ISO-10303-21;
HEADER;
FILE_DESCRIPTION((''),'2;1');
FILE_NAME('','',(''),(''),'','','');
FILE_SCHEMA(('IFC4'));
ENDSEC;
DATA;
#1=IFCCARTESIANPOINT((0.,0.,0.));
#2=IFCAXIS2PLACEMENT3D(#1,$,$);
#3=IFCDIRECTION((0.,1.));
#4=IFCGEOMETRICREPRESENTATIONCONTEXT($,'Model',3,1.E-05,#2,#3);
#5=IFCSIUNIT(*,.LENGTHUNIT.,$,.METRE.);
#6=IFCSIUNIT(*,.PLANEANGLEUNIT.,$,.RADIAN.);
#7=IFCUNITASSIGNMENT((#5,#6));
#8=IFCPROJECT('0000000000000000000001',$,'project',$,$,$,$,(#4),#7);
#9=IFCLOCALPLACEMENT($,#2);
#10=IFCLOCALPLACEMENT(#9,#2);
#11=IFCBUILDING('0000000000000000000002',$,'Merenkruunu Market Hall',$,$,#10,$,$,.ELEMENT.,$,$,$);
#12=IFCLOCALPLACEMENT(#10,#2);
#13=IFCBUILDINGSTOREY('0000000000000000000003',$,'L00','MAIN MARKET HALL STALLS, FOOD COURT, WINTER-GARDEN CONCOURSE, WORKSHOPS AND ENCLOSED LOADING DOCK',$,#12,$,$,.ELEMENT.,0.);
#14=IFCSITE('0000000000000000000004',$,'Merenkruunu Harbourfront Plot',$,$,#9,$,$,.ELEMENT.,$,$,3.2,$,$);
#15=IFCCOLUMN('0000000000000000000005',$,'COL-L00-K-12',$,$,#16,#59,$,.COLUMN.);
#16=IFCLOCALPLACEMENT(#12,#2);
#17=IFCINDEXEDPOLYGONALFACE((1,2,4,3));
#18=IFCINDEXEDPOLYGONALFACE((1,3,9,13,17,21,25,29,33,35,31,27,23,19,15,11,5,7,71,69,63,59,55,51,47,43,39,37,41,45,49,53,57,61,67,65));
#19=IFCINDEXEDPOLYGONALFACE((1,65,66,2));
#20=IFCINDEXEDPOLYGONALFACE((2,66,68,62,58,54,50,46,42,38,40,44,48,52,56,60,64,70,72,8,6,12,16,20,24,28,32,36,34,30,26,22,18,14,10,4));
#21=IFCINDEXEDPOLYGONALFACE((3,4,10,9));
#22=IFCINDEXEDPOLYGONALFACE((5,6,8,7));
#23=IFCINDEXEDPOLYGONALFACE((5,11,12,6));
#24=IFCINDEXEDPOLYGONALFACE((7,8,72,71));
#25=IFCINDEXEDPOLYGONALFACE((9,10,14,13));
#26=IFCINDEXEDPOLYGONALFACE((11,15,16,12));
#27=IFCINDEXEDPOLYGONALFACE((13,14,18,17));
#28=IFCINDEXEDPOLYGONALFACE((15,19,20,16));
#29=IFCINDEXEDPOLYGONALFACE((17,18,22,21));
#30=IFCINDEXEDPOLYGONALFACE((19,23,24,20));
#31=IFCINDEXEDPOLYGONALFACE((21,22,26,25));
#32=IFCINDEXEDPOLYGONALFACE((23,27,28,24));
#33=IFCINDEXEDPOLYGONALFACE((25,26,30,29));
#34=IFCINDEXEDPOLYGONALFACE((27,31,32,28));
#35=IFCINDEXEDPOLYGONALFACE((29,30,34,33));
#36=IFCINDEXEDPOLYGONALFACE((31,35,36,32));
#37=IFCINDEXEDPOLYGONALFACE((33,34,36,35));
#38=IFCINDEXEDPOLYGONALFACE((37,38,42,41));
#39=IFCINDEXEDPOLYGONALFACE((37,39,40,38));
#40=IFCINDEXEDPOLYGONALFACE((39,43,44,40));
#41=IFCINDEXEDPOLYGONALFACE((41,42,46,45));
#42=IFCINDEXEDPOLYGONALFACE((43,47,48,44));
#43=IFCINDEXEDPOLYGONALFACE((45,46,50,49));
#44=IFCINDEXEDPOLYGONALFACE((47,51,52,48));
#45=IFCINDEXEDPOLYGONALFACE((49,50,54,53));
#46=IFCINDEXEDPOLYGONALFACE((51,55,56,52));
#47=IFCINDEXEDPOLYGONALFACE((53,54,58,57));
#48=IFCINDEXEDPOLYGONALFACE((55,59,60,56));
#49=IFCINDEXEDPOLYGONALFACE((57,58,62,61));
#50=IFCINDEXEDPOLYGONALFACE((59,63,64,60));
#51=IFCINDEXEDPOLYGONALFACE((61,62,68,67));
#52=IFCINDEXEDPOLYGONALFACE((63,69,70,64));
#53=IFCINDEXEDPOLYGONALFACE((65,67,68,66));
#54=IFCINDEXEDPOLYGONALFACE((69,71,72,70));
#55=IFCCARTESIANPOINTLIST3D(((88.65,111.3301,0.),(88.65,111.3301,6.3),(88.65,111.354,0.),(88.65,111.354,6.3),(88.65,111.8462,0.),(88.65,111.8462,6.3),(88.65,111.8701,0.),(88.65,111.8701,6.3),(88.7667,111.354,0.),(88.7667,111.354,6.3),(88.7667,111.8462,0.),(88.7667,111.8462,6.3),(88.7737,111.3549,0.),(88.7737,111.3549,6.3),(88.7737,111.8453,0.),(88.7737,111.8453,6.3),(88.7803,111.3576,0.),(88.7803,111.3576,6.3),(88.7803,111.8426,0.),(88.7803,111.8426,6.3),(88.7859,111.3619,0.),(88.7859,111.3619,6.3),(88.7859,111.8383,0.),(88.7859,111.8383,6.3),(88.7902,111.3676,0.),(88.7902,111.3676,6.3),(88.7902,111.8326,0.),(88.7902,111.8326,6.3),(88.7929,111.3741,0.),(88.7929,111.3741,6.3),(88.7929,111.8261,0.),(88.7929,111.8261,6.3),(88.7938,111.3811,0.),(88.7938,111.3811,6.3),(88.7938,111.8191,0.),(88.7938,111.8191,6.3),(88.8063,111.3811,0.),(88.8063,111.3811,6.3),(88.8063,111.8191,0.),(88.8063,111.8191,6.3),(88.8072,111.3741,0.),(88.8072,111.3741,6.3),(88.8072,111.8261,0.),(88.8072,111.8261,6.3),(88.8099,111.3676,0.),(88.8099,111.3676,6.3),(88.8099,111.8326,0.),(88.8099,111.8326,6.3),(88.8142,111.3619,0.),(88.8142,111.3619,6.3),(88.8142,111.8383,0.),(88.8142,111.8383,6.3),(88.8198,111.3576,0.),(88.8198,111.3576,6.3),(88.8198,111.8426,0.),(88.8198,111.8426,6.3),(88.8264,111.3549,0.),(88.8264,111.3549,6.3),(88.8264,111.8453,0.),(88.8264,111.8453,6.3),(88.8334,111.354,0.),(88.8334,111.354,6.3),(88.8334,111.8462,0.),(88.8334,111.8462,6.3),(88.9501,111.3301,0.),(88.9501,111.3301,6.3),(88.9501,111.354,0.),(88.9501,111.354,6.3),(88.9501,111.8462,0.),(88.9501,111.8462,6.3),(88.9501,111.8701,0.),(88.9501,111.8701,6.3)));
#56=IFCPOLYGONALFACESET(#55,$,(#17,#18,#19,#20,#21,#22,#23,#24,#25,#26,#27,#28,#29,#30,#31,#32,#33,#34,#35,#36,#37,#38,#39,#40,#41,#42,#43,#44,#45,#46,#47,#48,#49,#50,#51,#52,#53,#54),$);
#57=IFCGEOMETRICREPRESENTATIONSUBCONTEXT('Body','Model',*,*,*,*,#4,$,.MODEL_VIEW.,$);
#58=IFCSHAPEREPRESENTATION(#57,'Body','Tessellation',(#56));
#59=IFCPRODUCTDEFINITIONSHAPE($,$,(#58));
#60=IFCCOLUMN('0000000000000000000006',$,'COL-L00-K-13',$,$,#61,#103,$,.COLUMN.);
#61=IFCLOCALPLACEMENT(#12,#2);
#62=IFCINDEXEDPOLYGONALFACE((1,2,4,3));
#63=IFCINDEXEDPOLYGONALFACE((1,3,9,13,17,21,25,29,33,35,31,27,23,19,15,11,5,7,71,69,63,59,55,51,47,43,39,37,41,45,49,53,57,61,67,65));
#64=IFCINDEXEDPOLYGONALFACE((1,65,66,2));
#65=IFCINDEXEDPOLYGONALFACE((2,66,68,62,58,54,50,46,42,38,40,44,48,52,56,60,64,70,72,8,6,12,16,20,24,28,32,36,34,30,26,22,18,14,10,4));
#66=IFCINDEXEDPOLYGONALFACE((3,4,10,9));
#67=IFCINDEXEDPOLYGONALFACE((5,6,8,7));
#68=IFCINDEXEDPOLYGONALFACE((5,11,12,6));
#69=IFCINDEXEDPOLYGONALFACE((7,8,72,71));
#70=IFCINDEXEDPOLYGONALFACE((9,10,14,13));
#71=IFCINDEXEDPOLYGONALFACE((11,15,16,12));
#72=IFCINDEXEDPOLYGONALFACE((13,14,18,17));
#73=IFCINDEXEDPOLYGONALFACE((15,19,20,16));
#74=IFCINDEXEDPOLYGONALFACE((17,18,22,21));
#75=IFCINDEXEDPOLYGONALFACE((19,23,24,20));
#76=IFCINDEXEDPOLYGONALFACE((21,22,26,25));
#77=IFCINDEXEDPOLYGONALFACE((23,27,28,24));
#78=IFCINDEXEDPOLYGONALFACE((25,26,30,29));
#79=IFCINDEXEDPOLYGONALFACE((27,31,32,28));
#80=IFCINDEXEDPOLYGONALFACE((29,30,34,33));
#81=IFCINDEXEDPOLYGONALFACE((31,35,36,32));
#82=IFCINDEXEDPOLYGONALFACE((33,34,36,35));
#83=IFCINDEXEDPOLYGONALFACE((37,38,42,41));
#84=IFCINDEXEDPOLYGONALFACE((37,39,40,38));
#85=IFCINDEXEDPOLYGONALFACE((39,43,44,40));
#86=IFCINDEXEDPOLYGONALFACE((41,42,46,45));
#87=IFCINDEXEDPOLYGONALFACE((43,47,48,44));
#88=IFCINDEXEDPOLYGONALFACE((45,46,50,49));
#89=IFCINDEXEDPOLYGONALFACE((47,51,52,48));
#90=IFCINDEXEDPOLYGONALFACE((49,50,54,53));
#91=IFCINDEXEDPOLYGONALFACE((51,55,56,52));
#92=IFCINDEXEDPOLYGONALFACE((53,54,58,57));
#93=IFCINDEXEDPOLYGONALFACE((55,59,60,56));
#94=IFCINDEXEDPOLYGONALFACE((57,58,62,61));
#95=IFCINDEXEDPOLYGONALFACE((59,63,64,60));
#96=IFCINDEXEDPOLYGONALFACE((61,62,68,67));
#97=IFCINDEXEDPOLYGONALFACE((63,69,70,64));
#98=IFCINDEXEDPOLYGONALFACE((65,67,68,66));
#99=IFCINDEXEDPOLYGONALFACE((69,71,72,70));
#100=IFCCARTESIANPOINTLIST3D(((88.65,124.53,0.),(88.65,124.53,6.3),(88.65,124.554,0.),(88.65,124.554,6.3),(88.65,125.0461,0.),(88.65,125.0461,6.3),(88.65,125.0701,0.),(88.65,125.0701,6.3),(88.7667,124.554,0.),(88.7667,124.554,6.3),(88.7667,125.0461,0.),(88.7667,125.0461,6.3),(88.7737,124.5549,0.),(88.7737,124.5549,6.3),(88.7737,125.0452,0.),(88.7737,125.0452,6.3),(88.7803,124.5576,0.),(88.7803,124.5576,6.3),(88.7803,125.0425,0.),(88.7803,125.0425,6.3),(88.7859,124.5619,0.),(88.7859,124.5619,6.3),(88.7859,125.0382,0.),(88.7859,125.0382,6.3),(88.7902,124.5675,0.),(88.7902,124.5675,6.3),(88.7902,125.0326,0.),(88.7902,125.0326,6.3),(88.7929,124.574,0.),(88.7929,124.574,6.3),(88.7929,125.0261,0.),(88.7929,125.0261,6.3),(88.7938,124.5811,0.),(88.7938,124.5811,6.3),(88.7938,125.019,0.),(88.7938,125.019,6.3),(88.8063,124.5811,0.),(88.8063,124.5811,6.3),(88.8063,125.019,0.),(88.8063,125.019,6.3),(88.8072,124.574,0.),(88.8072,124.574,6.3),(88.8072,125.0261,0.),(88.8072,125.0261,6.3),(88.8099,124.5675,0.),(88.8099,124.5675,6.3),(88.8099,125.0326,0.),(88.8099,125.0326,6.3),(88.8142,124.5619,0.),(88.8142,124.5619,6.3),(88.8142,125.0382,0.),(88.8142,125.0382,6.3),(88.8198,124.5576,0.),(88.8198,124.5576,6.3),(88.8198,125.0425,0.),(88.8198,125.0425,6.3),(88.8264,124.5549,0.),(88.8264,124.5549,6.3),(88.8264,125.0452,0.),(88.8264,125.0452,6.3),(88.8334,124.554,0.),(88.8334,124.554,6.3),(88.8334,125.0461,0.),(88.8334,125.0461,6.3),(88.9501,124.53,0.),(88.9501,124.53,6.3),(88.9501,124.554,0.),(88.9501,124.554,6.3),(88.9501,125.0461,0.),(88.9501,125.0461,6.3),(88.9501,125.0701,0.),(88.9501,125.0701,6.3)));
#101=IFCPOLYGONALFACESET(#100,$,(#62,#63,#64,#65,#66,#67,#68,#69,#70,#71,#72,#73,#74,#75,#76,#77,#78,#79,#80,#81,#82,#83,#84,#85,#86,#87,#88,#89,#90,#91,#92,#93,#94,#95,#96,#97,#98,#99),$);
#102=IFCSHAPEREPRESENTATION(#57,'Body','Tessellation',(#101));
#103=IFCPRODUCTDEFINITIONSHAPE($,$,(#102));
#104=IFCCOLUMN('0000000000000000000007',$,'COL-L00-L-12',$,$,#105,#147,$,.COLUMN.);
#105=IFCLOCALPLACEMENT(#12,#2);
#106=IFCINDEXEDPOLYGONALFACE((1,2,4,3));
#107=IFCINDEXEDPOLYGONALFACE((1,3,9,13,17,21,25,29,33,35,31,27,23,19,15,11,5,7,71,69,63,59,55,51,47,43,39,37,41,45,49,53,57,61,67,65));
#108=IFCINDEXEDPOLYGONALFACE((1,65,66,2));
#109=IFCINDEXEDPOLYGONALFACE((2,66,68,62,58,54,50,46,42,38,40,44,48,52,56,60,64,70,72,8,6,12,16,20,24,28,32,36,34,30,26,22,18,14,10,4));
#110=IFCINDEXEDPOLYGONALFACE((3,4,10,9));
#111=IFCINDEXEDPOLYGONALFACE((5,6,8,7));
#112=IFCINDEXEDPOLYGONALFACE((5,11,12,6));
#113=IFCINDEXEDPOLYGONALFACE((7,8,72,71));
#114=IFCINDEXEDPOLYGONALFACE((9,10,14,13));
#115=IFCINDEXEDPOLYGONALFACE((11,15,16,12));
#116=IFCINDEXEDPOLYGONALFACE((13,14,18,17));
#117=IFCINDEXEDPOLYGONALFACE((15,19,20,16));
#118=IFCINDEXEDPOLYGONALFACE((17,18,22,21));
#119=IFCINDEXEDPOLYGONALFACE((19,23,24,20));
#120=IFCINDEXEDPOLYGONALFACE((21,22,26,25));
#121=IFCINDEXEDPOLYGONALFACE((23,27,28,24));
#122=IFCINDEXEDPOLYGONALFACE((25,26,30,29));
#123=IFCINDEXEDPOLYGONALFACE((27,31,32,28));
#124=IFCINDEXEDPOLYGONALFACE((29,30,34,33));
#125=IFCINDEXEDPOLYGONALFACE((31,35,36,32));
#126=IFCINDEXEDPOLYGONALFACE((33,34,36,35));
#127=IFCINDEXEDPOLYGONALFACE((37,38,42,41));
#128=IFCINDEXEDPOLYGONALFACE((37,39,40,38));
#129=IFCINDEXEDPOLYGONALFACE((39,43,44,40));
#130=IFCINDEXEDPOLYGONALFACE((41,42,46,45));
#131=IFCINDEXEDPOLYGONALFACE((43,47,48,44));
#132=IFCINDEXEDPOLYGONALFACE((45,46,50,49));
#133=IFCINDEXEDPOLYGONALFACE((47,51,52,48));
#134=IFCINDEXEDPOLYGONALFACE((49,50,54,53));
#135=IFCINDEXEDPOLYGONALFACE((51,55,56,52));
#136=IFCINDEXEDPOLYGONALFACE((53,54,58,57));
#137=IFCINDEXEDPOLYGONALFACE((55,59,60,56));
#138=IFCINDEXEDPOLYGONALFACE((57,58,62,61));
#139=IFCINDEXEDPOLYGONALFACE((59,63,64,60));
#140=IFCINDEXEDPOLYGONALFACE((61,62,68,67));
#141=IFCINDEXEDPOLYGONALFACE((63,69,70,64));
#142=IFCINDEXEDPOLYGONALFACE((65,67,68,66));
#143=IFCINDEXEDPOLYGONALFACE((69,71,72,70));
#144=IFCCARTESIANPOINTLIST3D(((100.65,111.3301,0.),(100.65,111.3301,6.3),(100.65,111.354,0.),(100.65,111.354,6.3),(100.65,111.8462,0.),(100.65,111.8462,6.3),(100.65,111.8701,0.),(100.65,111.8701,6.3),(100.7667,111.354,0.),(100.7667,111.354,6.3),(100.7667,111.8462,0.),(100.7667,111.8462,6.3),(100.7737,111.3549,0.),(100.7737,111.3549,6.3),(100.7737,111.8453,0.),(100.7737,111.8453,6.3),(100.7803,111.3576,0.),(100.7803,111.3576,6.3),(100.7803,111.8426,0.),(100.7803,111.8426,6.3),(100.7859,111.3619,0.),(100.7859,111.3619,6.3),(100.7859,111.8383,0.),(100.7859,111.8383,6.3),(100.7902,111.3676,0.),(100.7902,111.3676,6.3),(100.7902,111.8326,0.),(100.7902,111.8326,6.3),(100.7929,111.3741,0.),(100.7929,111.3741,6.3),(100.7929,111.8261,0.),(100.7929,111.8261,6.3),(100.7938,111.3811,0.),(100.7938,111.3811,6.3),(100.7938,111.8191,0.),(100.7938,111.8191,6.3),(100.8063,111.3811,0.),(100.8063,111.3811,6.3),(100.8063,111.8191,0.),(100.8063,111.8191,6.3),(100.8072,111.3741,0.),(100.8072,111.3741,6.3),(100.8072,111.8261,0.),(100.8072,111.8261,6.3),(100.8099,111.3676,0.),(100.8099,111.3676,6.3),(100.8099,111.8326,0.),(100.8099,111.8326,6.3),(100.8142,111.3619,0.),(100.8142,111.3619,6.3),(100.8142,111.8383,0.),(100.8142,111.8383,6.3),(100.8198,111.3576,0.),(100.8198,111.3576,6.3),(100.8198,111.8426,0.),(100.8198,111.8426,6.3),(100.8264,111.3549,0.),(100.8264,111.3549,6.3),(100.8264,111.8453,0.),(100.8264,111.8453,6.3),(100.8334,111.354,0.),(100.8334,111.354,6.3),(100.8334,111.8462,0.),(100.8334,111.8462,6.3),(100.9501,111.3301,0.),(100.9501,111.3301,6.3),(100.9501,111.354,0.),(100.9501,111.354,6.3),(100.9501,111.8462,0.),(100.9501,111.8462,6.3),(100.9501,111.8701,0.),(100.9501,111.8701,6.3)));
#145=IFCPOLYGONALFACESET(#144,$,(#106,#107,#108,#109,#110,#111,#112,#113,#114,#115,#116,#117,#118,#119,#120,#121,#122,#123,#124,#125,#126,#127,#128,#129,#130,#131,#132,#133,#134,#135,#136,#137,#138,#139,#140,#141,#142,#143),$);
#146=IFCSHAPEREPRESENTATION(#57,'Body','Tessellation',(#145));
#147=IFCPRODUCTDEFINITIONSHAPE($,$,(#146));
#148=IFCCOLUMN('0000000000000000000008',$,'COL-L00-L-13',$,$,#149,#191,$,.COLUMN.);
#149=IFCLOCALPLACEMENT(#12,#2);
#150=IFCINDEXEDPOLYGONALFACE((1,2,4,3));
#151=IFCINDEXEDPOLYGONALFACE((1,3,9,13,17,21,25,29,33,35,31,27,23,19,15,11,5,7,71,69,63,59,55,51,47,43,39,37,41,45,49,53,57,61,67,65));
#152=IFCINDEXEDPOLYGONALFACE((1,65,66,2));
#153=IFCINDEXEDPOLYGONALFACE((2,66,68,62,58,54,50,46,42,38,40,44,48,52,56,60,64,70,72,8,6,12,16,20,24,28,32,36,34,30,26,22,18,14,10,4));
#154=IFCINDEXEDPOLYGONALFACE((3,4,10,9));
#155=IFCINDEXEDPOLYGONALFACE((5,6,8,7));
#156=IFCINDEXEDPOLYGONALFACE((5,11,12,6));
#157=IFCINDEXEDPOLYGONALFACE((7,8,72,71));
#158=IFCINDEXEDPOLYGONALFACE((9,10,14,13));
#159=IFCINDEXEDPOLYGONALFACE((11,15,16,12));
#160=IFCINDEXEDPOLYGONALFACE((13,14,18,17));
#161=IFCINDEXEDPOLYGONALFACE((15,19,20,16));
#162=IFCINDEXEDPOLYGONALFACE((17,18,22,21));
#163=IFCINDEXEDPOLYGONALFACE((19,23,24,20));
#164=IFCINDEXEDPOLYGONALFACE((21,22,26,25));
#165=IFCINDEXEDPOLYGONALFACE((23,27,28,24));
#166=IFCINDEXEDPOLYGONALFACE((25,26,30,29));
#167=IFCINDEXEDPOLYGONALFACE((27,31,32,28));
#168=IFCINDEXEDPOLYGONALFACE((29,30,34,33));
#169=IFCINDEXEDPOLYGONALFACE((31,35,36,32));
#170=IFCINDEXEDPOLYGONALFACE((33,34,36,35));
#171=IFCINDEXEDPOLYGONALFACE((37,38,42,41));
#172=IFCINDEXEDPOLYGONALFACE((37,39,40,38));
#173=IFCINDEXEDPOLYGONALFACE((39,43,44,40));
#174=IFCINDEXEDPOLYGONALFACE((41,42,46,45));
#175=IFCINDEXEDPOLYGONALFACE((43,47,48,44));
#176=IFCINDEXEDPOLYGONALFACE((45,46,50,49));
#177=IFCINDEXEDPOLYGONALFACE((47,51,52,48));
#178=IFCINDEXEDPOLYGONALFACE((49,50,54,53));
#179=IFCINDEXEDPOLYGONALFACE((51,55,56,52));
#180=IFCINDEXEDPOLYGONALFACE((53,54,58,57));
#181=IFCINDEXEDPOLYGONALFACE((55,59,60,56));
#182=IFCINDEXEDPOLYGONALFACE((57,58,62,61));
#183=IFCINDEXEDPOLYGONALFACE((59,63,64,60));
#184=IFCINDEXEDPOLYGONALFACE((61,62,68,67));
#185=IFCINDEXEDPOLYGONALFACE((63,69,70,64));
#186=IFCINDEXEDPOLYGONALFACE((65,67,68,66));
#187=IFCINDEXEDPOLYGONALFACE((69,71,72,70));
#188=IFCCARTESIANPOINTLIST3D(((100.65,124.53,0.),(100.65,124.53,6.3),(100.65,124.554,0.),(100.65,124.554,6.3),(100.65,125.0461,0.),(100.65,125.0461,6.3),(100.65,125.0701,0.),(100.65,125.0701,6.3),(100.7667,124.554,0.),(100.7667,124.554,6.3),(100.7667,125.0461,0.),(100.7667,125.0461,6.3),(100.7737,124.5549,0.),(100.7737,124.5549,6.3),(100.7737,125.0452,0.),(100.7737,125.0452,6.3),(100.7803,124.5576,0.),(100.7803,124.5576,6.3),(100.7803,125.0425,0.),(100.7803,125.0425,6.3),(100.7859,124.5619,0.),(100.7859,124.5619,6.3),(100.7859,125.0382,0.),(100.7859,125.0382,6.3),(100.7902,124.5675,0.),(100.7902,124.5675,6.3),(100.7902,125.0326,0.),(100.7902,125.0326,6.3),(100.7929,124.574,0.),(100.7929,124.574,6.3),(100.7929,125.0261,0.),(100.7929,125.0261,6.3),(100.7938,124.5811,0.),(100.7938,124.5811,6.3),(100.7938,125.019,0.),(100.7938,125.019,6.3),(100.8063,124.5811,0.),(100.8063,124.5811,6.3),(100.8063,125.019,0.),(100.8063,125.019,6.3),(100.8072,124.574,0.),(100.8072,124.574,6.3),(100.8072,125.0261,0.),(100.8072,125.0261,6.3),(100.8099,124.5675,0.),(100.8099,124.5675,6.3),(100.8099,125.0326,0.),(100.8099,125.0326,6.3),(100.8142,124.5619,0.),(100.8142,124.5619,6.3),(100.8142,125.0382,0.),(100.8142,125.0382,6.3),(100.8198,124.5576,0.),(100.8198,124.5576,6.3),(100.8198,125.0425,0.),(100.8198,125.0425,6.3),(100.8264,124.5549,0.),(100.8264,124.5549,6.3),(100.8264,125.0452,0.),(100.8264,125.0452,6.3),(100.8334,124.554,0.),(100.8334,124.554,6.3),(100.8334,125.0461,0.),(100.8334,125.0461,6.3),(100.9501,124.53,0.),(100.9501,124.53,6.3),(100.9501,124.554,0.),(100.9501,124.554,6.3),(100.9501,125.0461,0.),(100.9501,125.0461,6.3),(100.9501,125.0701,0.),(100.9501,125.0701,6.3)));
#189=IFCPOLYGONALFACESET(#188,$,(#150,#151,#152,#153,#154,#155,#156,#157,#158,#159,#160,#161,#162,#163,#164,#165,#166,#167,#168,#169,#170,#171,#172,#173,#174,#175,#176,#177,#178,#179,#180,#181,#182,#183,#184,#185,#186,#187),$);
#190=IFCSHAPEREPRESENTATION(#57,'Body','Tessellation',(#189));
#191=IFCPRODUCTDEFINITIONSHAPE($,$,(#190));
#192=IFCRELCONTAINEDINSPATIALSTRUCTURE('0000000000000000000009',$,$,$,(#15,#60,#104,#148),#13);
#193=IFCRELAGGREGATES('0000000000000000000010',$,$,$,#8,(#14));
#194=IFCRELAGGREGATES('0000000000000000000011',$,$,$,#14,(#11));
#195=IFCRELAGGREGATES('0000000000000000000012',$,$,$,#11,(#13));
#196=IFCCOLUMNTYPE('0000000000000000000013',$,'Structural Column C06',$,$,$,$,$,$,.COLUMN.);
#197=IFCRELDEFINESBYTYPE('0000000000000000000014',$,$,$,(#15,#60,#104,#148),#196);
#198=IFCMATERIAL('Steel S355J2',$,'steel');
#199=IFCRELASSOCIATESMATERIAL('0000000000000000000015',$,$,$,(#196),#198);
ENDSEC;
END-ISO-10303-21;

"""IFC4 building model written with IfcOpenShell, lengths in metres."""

from ifc_helpers import new_model, si_unit, direction, frame, origin, origin_2d, place, context, subcontext, project, spatial, i_section, extrude, material, material_profile, profile_set, type_object, element, save


model = new_model("IFC4")

# Units and contexts
model_context = context("Model", 3, precision=1e-05, world=origin(), true_north=direction((0.0, 1.0)))
body_context = subcontext(model_context, "Body", "Model", "MODEL_VIEW")
ifc_project = project(units=[si_unit("LENGTHUNIT", "METRE"), si_unit("PLANEANGLEUNIT", "RADIAN")], contexts=[model_context])

# Site, building, storey
site_placement = place(None, origin())
site = spatial("IfcSite", under=ifc_project, at=site_placement, Name="Merenkruunu Harbourfront Plot", CompositionType="ELEMENT", RefElevation=3.2)
building_placement = place(site_placement, origin())
building = spatial("IfcBuilding", under=site, at=building_placement, Name="Merenkruunu Market Hall", CompositionType="ELEMENT")
storey_placement = place(building_placement, origin())
storey = spatial("IfcBuildingStorey", under=building, at=storey_placement, Name="L00", Description="MAIN MARKET HALL STALLS, FOOD COURT, WINTER-GARDEN CONCOURSE, WORKSHOPS AND ENCLOSED LOADING DOCK", CompositionType="ELEMENT", Elevation=0.0)

# Columns
ifc_material_1 = material(Name="Steel S355J2", Category="steel")
ifc_material_profile_1 = material_profile(ifc_material_1, i_section(OverallWidth=0.3, OverallDepth=0.54, WebThickness=0.0125, FlangeThickness=0.0239, FilletRadius=0.0271, at=origin_2d()), Name="HEA 550")
ifc_profile_set_1 = profile_set([ifc_material_profile_1], Name="Steel S355J2")
column_type = type_object("IfcColumnType", Name="Structural Column C06", PredefinedType="COLUMN", material=ifc_profile_set_1)
for number, where, z_axis, x_axis, name in (
    (1, (88.8, 111.6001, 0.0), (0.0, 0.0, 1.0), (1.0, 0.0, 0.0), "COL-L00-K-12"),
    (2, (88.8, 124.8, 0.0), (0.0, 0.0, 1.0), (1.0, 0.0, 0.0), "COL-L00-K-13"),
    (3, (100.8, 111.6001, 0.0), (0.0, 0.0, 1.0), (1.0, 0.0, 0.0), "COL-L00-L-12"),
    (4, (100.8, 124.8, 0.0), (0.0, 0.0, 1.0), (1.0, 0.0, 0.0), "COL-L00-L-13"),
):
    element("IfcColumn", number, at=place(storey_placement, frame(where, z_axis=z_axis, x_axis=x_axis)), inside=storey, type_object=column_type, Name=name, PredefinedType="COLUMN", context=body_context, shape_type="SweptSolid", body=[
        extrude(i_section(OverallWidth=0.3, OverallDepth=0.54, WebThickness=0.0125, FlangeThickness=0.0239, FilletRadius=0.0271, at=origin_2d()), origin(), (0.0, 0.0, 1.0), 6.3),
    ])

save(model, "model.ifc")
